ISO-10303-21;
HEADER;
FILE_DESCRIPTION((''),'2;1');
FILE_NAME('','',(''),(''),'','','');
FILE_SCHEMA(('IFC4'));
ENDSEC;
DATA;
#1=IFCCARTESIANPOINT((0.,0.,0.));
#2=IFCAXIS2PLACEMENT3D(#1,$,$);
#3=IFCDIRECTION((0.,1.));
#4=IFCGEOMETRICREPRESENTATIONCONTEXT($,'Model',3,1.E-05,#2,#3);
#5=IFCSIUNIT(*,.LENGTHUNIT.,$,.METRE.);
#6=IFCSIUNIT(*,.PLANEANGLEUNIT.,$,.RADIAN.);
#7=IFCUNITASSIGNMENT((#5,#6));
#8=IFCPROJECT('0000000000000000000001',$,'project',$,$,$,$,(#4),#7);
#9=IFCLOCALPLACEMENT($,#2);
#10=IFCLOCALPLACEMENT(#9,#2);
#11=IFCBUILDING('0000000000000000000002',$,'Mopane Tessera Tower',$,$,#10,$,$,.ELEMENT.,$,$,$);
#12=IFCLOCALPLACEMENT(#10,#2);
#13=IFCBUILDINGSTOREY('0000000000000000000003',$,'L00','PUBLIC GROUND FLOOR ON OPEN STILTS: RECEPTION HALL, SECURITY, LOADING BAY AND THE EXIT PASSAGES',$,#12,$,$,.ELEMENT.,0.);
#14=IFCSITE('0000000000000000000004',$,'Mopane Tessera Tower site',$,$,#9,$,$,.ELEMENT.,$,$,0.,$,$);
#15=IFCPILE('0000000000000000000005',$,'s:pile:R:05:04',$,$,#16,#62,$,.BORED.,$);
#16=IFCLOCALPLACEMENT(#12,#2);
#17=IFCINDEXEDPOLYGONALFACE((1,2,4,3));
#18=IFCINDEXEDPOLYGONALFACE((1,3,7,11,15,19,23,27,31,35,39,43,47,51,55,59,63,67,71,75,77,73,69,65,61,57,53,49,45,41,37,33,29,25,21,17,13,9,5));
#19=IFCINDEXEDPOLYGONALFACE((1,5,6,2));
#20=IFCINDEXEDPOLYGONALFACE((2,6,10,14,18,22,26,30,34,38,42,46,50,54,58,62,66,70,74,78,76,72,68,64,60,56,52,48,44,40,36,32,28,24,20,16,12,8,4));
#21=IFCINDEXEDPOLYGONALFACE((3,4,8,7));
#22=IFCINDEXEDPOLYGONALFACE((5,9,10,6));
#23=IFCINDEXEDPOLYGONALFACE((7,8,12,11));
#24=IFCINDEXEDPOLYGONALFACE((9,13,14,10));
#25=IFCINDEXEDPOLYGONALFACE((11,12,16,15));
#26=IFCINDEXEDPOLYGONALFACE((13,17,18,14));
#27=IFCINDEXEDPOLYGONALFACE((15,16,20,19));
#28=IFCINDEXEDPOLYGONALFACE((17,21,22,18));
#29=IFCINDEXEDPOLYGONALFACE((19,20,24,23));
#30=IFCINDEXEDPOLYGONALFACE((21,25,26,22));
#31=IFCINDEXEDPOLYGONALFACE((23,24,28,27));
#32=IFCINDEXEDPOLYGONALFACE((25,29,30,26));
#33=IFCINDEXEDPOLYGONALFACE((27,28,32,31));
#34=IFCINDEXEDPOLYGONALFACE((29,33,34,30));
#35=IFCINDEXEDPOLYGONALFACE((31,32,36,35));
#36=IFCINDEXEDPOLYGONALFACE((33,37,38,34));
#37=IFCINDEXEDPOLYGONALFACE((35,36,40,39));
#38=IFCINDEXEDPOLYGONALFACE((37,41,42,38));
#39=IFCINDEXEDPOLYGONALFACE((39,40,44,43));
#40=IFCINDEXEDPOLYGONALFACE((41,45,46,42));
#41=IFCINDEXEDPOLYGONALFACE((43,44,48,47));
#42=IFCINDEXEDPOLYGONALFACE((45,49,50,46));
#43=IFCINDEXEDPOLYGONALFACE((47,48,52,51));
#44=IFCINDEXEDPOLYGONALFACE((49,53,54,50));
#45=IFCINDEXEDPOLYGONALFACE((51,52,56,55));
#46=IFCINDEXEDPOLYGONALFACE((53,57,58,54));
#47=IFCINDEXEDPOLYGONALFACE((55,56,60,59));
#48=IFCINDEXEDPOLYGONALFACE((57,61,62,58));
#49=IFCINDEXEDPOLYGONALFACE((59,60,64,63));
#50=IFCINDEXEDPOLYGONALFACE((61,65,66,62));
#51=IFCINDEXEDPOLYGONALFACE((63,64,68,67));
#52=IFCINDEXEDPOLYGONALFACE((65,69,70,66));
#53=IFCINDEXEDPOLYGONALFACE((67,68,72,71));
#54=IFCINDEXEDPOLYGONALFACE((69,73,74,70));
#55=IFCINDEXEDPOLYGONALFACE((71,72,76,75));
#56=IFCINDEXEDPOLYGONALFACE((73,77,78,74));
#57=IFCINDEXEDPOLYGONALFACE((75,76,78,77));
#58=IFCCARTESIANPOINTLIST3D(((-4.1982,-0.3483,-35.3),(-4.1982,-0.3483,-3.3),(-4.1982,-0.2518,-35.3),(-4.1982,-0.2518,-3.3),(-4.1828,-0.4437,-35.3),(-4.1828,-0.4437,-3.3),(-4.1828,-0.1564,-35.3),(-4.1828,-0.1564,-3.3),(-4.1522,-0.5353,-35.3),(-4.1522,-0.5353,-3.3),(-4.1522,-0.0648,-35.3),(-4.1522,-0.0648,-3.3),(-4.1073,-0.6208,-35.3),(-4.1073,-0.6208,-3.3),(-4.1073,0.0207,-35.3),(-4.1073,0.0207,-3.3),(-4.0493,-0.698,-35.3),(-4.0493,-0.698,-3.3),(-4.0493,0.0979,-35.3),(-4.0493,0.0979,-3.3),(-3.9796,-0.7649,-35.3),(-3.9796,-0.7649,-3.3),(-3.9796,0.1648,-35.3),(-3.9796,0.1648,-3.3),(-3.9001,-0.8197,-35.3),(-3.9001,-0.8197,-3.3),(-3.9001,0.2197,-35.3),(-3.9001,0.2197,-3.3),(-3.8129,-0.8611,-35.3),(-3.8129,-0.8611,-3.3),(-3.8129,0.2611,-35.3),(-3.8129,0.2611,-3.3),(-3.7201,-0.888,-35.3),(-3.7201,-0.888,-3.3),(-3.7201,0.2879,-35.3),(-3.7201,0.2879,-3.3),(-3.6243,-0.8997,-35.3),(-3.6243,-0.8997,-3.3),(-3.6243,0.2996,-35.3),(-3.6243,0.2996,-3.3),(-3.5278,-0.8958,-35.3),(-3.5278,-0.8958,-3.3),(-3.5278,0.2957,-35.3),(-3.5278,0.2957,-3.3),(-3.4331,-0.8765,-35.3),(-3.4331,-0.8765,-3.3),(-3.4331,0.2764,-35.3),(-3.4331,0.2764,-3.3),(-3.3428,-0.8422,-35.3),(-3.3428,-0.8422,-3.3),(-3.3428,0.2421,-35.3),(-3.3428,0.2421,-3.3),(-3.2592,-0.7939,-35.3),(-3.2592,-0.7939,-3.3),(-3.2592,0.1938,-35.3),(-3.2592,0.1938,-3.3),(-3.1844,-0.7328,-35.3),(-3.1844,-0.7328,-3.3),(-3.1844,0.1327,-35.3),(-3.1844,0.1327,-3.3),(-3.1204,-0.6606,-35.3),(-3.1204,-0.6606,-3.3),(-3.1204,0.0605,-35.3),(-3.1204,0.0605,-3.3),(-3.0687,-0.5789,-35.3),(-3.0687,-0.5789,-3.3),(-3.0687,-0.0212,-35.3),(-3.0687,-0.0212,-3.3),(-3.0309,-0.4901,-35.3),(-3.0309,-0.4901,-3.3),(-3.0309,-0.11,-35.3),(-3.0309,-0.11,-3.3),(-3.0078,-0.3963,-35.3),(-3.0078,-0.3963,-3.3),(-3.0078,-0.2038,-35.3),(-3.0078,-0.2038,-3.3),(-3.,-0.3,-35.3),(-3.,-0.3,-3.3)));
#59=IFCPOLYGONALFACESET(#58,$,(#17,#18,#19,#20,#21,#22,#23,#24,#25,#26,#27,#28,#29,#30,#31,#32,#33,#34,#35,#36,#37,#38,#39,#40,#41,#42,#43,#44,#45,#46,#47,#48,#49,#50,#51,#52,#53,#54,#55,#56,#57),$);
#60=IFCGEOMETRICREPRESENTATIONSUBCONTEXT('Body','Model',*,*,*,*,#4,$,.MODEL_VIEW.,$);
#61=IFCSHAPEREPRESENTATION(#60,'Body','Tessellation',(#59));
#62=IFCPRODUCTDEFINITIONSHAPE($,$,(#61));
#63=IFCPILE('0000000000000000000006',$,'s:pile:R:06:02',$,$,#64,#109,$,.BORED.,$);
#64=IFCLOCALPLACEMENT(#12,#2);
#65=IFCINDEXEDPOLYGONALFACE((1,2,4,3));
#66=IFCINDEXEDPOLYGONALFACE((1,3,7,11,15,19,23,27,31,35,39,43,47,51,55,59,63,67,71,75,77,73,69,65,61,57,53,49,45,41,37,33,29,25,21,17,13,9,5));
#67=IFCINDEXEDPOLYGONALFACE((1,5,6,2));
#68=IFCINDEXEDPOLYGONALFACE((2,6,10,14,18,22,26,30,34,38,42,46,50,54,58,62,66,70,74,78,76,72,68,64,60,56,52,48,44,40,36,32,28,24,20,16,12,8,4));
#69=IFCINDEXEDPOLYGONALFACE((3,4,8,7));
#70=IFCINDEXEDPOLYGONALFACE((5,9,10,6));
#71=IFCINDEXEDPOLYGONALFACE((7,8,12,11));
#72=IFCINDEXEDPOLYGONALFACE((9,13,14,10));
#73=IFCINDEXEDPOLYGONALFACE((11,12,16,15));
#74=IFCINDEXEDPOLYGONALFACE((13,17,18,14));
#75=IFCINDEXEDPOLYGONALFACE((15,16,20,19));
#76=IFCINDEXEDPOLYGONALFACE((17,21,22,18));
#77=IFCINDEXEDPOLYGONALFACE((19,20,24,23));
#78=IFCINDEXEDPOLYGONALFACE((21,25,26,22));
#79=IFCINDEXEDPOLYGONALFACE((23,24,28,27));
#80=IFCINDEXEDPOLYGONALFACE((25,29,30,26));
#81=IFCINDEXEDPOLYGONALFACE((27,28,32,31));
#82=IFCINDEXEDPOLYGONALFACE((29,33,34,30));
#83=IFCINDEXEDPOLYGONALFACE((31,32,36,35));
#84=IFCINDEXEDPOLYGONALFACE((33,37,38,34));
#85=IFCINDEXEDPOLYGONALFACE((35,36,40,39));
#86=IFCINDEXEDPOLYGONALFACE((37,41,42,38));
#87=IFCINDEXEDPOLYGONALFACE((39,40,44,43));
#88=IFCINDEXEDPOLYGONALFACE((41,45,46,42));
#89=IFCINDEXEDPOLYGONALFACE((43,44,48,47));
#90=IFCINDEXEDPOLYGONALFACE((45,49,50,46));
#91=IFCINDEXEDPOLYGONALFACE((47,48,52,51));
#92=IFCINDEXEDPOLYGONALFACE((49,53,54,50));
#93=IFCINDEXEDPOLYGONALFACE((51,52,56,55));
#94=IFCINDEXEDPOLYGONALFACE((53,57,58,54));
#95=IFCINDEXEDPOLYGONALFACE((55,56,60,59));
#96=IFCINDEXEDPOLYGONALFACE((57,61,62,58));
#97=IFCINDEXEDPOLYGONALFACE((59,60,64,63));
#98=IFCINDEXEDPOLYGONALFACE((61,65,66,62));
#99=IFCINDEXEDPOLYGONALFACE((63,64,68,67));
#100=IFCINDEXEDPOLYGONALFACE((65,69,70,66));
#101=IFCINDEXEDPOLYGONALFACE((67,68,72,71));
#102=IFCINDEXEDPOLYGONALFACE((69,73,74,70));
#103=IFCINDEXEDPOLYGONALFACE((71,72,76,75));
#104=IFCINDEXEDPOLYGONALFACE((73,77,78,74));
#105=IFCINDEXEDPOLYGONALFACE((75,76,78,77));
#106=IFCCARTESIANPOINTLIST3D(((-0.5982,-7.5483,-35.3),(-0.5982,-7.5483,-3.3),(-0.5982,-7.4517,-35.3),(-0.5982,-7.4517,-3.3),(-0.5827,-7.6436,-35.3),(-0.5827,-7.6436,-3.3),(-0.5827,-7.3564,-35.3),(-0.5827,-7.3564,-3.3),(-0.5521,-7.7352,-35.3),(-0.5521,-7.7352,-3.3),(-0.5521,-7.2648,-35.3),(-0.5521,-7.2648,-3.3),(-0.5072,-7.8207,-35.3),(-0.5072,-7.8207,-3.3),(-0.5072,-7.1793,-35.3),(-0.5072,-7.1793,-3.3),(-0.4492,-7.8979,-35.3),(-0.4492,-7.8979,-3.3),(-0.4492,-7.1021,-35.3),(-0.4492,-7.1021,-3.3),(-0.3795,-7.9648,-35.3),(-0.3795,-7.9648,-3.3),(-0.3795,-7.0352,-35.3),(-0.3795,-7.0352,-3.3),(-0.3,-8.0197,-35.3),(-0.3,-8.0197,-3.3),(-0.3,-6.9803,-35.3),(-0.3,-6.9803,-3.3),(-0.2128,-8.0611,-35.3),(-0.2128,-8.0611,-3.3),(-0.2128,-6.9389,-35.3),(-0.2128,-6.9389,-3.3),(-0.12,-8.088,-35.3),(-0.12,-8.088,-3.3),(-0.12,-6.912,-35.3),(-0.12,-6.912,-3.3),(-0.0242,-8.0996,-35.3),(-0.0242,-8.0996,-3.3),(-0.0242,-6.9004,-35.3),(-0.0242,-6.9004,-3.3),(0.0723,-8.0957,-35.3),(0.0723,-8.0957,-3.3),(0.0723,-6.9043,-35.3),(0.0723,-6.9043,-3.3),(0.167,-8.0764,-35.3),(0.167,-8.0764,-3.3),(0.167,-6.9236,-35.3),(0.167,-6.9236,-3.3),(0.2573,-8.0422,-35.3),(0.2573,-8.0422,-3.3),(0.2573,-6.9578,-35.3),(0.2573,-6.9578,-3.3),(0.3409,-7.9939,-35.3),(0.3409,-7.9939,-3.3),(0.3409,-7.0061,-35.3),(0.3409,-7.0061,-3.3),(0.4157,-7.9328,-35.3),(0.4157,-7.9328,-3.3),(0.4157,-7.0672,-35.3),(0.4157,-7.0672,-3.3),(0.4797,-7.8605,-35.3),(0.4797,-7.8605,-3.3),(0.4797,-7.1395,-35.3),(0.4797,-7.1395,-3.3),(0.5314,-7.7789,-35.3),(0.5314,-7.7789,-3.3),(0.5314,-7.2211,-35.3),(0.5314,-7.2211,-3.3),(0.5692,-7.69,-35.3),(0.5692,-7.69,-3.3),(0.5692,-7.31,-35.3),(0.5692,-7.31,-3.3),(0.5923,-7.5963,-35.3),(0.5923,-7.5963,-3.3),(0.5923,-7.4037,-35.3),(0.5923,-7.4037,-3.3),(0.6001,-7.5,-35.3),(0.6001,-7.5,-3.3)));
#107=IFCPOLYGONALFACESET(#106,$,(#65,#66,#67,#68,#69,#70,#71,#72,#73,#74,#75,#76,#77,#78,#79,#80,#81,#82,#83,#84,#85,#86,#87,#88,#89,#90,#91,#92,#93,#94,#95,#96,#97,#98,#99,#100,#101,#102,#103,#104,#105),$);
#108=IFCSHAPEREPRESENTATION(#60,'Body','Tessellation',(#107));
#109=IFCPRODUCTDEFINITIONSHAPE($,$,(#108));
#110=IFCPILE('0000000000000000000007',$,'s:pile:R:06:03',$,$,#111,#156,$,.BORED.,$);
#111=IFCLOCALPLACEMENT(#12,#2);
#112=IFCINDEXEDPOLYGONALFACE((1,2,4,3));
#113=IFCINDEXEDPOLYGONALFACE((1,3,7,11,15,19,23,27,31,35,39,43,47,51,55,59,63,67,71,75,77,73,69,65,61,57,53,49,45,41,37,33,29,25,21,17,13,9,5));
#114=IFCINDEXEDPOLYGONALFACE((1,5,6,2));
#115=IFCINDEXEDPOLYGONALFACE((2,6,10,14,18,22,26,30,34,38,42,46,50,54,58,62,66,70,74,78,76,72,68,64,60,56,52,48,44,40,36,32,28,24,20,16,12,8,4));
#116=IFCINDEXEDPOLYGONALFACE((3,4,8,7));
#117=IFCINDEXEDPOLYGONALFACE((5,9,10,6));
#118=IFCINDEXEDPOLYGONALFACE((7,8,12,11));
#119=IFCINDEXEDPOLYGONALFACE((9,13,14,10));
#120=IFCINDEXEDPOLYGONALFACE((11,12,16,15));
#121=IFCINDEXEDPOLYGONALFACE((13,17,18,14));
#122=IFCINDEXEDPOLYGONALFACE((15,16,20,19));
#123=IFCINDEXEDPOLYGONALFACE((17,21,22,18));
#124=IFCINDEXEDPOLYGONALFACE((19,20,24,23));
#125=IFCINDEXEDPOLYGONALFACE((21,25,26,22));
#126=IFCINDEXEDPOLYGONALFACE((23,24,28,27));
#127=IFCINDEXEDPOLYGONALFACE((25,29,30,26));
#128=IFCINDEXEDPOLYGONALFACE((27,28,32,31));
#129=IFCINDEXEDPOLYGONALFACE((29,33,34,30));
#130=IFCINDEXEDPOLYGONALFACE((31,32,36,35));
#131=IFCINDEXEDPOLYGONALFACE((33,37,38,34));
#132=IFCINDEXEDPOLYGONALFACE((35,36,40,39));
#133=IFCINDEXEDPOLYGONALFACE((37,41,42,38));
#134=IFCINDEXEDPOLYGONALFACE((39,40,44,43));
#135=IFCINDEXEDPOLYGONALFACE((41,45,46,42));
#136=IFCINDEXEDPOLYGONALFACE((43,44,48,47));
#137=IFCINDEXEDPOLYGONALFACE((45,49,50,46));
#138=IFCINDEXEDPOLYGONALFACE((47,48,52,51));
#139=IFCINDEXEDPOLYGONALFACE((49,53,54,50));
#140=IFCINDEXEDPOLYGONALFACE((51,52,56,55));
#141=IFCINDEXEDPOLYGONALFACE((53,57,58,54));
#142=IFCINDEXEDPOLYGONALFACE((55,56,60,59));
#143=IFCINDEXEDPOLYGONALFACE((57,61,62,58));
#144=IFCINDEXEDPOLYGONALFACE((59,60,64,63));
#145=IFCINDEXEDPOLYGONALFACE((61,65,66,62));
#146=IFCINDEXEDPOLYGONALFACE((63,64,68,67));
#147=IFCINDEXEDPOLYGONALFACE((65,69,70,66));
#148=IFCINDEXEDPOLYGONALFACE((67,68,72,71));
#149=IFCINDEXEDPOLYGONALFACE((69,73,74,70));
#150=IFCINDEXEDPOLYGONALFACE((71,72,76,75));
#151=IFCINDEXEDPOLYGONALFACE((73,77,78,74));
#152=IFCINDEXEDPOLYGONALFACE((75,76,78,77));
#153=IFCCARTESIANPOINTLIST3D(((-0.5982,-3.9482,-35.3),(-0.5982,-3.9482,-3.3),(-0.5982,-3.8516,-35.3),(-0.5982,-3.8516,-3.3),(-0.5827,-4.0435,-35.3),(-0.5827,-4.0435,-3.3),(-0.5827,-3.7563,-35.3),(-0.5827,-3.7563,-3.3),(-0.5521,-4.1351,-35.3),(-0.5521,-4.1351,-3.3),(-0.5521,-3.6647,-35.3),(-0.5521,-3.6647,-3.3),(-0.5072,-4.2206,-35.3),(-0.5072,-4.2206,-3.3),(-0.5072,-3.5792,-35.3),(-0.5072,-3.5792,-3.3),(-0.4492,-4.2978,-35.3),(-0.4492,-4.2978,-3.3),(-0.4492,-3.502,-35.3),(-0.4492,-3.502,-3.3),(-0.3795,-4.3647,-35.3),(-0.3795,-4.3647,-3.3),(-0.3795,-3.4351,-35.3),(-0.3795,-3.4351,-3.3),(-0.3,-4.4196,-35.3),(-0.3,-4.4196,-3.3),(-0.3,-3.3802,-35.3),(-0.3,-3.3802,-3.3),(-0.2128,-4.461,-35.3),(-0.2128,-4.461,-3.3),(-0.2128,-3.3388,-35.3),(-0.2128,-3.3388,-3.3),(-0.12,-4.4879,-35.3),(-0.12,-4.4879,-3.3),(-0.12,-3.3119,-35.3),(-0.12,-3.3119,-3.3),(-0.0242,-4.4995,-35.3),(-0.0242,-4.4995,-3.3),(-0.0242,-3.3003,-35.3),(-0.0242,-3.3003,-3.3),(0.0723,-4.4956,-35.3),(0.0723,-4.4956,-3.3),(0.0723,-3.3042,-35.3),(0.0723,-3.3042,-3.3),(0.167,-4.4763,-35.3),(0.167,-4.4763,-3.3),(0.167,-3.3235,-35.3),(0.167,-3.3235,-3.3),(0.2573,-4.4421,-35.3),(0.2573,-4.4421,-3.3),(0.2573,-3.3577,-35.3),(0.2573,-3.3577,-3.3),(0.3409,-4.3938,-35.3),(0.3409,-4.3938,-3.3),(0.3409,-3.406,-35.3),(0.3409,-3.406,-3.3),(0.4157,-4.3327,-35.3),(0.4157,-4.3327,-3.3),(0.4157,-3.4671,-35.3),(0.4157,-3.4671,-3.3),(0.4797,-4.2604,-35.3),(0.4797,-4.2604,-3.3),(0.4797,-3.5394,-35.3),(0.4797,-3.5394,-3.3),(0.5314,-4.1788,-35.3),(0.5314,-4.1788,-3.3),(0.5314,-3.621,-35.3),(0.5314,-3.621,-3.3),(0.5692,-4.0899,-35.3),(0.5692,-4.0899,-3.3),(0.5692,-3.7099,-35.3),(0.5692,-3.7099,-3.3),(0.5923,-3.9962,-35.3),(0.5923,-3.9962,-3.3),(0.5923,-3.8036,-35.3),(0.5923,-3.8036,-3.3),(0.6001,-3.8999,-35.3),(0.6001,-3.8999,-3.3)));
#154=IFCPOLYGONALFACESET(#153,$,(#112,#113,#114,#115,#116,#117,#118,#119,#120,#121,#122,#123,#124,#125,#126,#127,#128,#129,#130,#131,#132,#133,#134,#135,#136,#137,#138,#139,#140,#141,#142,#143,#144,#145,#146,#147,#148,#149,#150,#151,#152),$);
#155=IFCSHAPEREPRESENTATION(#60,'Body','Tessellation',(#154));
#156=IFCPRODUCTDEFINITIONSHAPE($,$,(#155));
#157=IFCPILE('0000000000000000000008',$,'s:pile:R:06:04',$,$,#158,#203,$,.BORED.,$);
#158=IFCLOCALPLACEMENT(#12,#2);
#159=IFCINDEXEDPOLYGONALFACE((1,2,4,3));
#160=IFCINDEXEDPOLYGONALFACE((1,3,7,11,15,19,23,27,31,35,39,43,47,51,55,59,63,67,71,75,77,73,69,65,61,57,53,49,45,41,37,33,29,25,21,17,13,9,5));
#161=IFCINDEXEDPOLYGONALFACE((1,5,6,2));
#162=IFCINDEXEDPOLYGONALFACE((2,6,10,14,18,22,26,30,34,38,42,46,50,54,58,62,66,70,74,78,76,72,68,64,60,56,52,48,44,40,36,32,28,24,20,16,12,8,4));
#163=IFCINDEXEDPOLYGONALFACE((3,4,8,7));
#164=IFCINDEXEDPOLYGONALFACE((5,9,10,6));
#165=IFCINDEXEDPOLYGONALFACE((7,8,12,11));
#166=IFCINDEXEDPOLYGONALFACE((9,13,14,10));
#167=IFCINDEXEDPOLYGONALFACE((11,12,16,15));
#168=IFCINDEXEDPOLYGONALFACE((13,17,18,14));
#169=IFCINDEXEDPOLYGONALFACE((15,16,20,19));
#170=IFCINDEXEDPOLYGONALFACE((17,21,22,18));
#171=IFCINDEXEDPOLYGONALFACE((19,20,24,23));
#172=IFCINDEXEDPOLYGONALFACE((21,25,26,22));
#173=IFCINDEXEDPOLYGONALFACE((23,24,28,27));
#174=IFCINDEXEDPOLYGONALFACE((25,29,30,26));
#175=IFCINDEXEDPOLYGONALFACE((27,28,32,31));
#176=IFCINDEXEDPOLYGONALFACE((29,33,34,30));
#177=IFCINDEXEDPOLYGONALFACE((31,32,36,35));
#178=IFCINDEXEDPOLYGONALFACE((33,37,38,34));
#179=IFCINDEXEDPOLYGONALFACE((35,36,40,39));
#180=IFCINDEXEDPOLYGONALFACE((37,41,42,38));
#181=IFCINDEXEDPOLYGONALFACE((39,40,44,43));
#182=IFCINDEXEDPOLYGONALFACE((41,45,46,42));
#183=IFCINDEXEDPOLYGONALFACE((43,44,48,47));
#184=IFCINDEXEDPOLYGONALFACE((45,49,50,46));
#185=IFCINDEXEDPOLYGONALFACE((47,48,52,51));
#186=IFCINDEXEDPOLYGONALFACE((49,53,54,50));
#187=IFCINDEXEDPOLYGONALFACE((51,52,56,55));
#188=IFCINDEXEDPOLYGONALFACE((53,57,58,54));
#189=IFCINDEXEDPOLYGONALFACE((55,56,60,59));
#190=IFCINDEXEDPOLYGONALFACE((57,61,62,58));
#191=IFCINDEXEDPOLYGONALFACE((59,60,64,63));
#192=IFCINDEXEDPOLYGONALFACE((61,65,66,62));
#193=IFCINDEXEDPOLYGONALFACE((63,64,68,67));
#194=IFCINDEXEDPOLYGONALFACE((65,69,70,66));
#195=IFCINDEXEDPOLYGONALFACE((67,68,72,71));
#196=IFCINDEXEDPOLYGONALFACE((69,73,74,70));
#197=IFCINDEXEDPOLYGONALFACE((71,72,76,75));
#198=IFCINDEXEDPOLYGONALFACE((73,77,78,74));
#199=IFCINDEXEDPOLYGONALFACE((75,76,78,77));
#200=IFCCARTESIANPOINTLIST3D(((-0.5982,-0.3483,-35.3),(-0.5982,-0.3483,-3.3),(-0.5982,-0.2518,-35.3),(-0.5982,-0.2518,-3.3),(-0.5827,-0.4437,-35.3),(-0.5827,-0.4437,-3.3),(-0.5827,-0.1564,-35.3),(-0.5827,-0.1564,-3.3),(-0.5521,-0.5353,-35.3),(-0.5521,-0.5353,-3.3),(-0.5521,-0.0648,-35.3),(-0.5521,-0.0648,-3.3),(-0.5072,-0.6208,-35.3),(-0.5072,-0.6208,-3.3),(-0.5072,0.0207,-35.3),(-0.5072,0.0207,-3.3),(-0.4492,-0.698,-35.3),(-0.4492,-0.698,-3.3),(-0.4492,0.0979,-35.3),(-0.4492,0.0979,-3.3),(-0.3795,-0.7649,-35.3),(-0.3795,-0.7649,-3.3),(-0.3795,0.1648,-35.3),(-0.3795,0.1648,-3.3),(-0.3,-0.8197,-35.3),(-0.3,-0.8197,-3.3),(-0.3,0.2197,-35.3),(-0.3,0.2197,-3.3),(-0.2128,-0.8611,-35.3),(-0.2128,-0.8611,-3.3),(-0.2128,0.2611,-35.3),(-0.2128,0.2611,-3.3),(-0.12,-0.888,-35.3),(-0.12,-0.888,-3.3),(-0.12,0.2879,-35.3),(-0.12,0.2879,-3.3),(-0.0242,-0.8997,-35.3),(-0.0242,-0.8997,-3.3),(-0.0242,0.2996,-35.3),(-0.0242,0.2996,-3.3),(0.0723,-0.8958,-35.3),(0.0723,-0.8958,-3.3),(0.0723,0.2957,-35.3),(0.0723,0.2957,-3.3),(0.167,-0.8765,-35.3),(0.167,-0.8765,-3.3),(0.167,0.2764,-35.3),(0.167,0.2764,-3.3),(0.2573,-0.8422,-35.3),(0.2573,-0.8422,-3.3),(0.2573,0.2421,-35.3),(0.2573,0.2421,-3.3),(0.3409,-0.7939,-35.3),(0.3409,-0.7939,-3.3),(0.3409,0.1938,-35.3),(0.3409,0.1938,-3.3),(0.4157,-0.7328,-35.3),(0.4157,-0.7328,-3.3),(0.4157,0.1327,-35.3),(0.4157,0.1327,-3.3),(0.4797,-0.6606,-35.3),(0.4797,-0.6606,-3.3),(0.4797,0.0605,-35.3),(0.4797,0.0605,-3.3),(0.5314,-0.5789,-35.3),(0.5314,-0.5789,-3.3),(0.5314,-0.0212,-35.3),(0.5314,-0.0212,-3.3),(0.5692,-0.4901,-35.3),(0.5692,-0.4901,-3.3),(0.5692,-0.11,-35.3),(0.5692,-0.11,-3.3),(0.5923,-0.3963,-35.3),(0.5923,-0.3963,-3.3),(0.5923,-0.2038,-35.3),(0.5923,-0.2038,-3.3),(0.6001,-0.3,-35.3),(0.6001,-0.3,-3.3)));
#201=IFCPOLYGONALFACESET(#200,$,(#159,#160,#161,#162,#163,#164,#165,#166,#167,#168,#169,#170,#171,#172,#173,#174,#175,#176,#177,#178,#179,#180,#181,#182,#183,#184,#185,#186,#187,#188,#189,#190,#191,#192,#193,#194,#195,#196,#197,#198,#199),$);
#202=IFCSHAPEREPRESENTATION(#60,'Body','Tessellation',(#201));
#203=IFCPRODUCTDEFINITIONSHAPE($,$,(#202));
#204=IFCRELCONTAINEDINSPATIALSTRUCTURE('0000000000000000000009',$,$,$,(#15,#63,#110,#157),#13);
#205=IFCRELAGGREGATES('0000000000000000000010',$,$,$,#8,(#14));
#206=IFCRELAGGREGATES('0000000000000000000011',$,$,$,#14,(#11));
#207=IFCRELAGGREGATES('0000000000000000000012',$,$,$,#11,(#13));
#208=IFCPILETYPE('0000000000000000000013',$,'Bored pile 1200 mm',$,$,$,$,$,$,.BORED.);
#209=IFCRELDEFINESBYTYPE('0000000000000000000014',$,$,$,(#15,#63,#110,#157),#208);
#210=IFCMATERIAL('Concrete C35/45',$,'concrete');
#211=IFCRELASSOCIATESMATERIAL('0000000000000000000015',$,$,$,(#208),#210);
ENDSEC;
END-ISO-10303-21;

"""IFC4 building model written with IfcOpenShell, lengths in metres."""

from ifc_helpers import new_model, si_unit, direction, frame, origin, origin_2d, place, context, subcontext, project, spatial, circle, extrude, material, material_profile, profile_set, type_object, element, save


model = new_model("IFC4")

# Units and contexts
model_context = context("Model", 3, precision=1e-05, world=origin(), true_north=direction((0.0, 1.0)))
body_context = subcontext(model_context, "Body", "Model", "MODEL_VIEW")
ifc_project = project(units=[si_unit("LENGTHUNIT", "METRE"), si_unit("PLANEANGLEUNIT", "RADIAN")], contexts=[model_context])

# Site, building, storey
site_placement = place(None, origin())
site = spatial("IfcSite", under=ifc_project, at=site_placement, Name="Mopane Tessera Tower site", CompositionType="ELEMENT", RefElevation=0.0)
building_placement = place(site_placement, origin())
building = spatial("IfcBuilding", under=site, at=building_placement, Name="Mopane Tessera Tower", CompositionType="ELEMENT")
storey_placement = place(building_placement, origin())
storey = spatial("IfcBuildingStorey", under=building, at=storey_placement, Name="L00", Description="PUBLIC GROUND FLOOR ON OPEN STILTS: RECEPTION HALL, SECURITY, LOADING BAY AND THE EXIT PASSAGES", CompositionType="ELEMENT", Elevation=0.0)

# Piles
ifc_material_1 = material(Name="Concrete C35/45", Category="concrete")
ifc_material_profile = material_profile(ifc_material_1, circle(Radius=0.6001, at=origin_2d()))
ifc_profile_set = profile_set([ifc_material_profile], Name="Concrete C35/45")
pile_type = type_object("IfcPileType", Name="Bored pile 1200 mm", PredefinedType="BORED", material=ifc_profile_set)
for number, where, z_axis, x_axis, name in (
    (1, (-3.6001, -0.3, -3.3), (0.0, 0.0, -1.0), (1.0, 0.0, 0.0), "s:pile:R:05:04"),
    (2, (0.0, -7.5, -3.3), (0.0, 0.0, -1.0), (1.0, 0.0, 0.0), "s:pile:R:06:02"),
    (3, (0.0, -3.8999, -3.3), (0.0, 0.0, -1.0), (1.0, 0.0, 0.0), "s:pile:R:06:03"),
    (4, (0.0, -0.3, -3.3), (0.0, 0.0, -1.0), (1.0, 0.0, 0.0), "s:pile:R:06:04"),
):
    element("IfcPile", number, at=place(storey_placement, frame(where, z_axis=z_axis, x_axis=x_axis)), inside=storey, type_object=pile_type, Name=name, PredefinedType="BORED", context=body_context, shape_type="SweptSolid", body=[
        extrude(circle(Radius=0.6001, at=origin_2d()), origin(), (0.0, 0.0, 1.0), 32.0),
    ])

save(model, "model.ifc")
